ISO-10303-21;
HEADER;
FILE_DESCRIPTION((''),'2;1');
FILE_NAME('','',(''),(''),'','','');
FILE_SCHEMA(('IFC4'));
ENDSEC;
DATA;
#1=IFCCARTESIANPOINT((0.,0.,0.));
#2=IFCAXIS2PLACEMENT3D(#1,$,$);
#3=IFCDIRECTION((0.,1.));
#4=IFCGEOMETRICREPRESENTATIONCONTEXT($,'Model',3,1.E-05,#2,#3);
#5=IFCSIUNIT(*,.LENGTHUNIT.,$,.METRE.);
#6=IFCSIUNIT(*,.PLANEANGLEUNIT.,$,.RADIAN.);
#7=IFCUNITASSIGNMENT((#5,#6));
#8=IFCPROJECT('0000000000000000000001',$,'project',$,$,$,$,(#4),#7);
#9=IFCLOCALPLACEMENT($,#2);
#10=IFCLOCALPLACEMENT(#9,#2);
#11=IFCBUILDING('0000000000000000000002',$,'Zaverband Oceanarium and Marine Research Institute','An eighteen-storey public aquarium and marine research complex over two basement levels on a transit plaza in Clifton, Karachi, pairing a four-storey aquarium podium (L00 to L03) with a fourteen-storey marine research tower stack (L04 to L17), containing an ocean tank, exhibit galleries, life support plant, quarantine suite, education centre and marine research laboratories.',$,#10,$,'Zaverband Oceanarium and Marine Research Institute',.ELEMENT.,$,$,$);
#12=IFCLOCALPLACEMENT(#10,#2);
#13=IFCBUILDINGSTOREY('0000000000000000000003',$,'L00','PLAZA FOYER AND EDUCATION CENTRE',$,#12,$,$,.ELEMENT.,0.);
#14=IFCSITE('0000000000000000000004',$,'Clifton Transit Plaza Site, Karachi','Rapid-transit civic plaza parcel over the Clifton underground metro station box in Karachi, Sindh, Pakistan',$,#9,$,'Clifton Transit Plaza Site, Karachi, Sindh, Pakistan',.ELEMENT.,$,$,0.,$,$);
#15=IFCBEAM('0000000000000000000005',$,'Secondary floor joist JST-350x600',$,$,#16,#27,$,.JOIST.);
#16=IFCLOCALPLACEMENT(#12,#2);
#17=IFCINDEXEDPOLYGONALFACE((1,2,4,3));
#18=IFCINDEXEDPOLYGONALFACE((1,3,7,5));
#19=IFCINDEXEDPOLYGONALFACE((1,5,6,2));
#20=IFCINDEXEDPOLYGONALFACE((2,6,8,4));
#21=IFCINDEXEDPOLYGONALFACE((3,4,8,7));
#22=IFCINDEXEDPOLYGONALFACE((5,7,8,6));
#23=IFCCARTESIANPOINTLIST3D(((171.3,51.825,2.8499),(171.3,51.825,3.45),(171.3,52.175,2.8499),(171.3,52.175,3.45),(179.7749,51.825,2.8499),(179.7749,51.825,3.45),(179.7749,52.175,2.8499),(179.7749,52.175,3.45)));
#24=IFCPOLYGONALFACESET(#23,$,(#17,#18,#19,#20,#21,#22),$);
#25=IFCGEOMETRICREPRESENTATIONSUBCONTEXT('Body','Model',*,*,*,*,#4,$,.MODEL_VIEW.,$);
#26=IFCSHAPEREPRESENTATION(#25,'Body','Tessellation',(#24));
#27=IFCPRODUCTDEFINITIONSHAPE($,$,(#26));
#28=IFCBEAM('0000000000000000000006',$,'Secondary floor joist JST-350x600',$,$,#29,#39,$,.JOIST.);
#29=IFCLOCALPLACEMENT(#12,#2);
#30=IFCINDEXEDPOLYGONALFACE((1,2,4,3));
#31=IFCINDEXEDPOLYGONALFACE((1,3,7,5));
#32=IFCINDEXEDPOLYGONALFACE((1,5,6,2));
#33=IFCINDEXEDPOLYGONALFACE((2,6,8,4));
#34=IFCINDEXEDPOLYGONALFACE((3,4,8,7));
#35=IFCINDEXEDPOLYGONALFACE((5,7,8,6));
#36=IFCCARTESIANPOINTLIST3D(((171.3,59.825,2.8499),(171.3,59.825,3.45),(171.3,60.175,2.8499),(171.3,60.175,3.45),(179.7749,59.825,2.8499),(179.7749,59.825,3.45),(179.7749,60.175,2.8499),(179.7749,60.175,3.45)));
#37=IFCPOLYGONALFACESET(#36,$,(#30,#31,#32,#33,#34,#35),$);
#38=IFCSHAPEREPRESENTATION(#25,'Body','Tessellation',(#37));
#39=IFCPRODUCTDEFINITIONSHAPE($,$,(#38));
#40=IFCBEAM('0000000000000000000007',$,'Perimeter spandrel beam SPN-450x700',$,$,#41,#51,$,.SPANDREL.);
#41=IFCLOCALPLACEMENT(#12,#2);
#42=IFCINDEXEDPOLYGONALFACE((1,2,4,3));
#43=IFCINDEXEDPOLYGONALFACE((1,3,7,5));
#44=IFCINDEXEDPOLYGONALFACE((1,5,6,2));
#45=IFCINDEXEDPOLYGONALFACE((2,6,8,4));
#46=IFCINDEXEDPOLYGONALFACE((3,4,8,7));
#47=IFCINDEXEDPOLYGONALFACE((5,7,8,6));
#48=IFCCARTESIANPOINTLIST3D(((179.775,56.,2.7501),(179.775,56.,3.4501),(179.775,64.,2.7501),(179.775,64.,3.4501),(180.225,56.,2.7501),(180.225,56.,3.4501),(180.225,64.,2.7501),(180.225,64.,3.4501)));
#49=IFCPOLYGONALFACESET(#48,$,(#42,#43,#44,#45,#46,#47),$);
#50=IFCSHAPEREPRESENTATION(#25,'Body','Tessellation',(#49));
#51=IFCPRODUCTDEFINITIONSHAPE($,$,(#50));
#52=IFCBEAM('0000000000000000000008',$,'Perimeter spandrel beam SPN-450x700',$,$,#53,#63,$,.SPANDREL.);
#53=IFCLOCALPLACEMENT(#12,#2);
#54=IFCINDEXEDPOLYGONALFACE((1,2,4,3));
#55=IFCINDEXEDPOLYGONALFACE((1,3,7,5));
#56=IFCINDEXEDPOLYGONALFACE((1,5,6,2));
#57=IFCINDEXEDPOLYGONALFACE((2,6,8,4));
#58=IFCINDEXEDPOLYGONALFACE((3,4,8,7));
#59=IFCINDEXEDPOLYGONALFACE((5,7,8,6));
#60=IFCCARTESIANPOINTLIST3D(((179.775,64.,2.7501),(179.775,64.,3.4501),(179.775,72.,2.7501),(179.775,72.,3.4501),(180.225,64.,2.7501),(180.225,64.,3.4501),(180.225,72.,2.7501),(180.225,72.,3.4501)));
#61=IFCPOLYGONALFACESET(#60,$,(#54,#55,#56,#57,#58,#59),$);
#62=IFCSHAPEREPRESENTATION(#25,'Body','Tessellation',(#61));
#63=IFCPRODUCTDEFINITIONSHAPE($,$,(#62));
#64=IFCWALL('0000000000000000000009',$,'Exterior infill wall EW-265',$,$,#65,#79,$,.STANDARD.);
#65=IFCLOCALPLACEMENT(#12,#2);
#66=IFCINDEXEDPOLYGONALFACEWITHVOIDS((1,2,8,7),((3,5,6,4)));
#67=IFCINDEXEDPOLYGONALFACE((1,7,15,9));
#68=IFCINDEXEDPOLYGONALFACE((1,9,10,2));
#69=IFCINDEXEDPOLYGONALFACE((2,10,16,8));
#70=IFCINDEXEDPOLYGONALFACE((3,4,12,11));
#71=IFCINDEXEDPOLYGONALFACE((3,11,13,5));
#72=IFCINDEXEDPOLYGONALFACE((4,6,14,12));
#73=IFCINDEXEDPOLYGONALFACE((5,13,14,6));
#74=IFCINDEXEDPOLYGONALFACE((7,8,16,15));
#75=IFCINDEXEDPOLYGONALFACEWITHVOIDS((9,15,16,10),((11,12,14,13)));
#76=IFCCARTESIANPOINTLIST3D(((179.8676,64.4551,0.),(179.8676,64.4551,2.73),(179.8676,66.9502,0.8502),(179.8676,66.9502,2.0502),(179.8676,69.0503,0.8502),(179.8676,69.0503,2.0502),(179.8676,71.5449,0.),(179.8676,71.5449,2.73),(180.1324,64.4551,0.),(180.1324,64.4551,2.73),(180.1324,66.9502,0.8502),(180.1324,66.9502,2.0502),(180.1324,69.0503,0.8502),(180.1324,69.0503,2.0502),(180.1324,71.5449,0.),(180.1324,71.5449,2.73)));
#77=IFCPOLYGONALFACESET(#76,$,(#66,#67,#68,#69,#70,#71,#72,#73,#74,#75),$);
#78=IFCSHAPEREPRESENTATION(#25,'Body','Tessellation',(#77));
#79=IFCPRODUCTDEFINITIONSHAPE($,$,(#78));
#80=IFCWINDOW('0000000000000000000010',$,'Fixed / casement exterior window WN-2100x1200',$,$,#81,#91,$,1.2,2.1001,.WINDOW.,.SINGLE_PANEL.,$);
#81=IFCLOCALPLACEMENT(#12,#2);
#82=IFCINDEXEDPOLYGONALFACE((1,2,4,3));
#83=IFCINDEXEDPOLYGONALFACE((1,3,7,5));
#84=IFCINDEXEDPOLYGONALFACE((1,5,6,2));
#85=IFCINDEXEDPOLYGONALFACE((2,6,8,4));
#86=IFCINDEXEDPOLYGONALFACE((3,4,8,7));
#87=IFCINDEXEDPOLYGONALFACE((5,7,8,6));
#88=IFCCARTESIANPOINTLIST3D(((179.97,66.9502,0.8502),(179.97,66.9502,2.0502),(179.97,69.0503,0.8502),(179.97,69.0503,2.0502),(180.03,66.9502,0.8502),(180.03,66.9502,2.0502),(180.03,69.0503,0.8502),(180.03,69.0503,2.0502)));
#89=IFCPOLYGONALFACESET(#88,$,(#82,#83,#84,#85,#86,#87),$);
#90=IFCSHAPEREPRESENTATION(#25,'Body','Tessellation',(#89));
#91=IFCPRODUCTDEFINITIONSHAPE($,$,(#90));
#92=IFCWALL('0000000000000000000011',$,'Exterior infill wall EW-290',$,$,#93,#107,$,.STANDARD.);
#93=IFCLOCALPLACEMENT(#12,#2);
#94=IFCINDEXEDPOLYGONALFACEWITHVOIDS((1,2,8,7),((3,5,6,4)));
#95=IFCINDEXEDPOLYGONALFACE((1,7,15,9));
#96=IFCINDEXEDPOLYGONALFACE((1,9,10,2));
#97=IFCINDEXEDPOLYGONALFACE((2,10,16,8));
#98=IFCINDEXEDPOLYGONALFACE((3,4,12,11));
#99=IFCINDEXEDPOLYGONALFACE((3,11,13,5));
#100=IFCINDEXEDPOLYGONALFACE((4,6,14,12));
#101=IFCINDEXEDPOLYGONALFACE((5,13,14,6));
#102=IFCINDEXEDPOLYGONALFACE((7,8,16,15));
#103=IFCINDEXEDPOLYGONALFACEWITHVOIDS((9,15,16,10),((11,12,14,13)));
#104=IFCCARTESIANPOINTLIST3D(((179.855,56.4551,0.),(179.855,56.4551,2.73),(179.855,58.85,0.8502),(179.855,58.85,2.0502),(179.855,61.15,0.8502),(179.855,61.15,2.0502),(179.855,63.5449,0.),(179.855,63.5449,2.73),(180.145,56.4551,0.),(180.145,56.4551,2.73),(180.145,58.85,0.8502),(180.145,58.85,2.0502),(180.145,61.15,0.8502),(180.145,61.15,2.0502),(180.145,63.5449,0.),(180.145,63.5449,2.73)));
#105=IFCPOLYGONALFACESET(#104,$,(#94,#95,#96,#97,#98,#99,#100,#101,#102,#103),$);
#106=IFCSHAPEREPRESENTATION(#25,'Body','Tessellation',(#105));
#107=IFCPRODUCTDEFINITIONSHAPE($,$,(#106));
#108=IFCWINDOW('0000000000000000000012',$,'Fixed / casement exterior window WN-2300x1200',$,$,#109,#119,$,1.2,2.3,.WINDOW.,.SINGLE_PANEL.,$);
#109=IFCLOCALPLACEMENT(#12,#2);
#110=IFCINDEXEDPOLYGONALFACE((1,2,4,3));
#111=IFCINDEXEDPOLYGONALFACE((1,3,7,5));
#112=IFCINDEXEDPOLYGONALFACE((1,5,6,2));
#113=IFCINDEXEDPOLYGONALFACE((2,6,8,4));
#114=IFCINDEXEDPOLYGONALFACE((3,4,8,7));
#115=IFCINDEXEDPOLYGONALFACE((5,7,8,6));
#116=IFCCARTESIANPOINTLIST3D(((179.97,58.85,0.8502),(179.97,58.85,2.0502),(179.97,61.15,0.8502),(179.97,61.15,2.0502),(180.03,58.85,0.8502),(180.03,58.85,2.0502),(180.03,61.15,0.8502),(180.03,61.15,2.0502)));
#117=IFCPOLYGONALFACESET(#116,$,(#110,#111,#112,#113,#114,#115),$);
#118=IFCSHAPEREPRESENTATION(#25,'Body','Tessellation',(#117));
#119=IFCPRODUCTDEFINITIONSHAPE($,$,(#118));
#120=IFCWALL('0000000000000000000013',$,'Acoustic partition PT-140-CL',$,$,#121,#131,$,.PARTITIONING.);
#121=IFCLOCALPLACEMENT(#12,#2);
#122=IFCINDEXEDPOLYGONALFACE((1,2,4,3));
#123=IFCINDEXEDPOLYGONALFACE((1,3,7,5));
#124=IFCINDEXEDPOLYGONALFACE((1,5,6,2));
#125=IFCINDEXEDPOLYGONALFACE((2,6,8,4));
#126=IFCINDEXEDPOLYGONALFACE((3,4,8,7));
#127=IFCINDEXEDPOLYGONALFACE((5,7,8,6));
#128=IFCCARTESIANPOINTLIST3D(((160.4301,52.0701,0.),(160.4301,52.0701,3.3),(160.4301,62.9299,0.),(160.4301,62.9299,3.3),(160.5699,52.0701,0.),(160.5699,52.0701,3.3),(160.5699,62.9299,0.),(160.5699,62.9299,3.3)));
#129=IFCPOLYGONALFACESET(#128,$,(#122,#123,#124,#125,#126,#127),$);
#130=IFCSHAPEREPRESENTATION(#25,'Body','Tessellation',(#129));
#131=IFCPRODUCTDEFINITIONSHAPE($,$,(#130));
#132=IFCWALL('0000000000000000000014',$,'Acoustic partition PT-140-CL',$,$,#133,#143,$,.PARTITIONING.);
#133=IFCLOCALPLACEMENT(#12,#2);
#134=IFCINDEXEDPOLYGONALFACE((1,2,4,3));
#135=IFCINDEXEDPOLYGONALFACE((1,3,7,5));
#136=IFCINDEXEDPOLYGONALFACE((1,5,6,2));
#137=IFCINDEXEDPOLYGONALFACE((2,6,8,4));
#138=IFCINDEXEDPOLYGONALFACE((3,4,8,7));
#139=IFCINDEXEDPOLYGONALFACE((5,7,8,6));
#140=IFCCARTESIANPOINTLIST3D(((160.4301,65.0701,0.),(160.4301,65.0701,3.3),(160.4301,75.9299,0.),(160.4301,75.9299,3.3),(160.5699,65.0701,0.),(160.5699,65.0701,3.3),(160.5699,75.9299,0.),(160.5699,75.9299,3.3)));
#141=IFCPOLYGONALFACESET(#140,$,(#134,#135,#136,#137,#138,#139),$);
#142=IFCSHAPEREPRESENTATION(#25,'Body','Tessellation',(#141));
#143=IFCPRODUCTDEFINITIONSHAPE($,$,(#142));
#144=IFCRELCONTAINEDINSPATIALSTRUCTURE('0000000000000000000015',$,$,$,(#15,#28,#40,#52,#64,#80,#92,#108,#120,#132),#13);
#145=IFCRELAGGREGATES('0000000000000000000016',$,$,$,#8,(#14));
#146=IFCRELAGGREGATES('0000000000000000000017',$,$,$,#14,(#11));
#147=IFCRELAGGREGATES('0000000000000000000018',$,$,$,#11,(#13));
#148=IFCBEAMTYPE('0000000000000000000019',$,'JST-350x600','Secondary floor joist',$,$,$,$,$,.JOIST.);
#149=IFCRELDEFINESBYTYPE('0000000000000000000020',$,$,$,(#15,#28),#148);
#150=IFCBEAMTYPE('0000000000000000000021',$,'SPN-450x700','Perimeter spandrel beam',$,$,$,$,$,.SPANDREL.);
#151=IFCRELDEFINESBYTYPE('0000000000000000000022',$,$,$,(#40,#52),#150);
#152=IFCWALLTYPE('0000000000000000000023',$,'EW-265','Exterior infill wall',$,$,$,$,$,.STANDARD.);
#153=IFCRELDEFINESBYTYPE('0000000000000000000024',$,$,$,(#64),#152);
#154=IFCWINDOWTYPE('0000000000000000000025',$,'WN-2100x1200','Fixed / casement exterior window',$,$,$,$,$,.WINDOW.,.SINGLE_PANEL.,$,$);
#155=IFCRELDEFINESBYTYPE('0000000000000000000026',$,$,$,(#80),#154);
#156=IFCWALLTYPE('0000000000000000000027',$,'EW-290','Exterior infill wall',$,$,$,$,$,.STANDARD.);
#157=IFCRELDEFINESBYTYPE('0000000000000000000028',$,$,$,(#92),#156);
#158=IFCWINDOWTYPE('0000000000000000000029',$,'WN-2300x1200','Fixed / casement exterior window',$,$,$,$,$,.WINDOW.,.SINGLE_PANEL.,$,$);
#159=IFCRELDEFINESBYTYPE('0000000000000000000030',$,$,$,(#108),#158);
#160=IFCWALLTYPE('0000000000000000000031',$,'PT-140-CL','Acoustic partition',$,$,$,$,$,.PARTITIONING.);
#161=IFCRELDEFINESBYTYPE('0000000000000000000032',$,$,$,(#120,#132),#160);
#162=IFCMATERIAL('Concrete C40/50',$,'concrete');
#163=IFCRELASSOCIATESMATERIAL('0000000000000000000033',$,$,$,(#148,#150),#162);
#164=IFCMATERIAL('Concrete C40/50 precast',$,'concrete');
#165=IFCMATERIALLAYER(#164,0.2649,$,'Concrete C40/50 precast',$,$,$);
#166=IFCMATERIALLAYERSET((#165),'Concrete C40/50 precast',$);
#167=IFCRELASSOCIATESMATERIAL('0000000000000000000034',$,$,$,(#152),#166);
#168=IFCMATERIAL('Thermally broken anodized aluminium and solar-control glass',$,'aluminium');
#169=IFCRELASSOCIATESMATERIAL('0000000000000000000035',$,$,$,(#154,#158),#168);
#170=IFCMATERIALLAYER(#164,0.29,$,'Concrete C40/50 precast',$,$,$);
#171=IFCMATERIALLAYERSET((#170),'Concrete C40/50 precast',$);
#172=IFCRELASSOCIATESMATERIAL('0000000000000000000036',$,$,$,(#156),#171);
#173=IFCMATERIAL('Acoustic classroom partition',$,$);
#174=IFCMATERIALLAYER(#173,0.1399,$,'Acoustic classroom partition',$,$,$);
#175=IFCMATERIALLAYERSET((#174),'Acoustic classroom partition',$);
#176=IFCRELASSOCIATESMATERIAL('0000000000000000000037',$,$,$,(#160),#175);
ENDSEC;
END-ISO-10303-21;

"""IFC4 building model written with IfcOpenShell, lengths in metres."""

from ifc_helpers import new_model, si_unit, direction, frame, frame_2d, origin, origin_2d, place, context, subcontext, project, spatial, rectangle, extrude, material, layer, layer_set, material_profile, profile_set, type_object, element, fill, save


model = new_model("IFC4")

# Units and contexts
model_context = context("Model", 3, precision=1e-05, world=origin(), true_north=direction((0.0, 1.0)))
body_context = subcontext(model_context, "Body", "Model", "MODEL_VIEW")
ifc_project = project(units=[si_unit("LENGTHUNIT", "METRE"), si_unit("PLANEANGLEUNIT", "RADIAN")], contexts=[model_context])

# Site, building, storey
site_placement = place(None, origin())
site = spatial("IfcSite", under=ifc_project, at=site_placement, Name="Clifton Transit Plaza Site, Karachi", Description="Rapid-transit civic plaza parcel over the Clifton underground metro station box in Karachi, Sindh, Pakistan", LongName="Clifton Transit Plaza Site, Karachi, Sindh, Pakistan", CompositionType="ELEMENT", RefElevation=0.0)
building_placement = place(site_placement, origin())
building = spatial("IfcBuilding", under=site, at=building_placement, Name="Zaverband Oceanarium and Marine Research Institute", Description="An eighteen-storey public aquarium and marine research complex over two basement levels on a transit plaza in Clifton, Karachi, pairing a four-storey aquarium podium (L00 to L03) with a fourteen-storey marine research tower stack (L04 to L17), containing an ocean tank, exhibit galleries, life support plant, quarantine suite, education centre and marine research laboratories.", LongName="Zaverband Oceanarium and Marine Research Institute", CompositionType="ELEMENT")
storey_placement = place(building_placement, origin())
storey = spatial("IfcBuildingStorey", under=building, at=storey_placement, Name="L00", Description="PLAZA FOYER AND EDUCATION CENTRE", CompositionType="ELEMENT", Elevation=0.0)

# Beams
ifc_material_1 = material(Name="Concrete C40/50", Category="concrete")
ifc_material_profile_1 = material_profile(ifc_material_1, rectangle(XDim=0.3501, YDim=0.6001, at=origin_2d()), Name="RC350x600")
ifc_profile_set_1 = profile_set([ifc_material_profile_1], Name="Concrete C40/50")
beam_type_1 = type_object("IfcBeamType", Name="JST-350x600", Description="Secondary floor joist", PredefinedType="JOIST", material=ifc_profile_set_1)
for number, where, z_axis, x_axis, name in (
    (1, (171.3, 52.0, 3.1499), (1.0, 0.0, 0.0), (0.0, 1.0, 0.0), "Secondary floor joist JST-350x600"),
    (2, (171.3, 60.0, 3.1499), (1.0, 0.0, 0.0), (0.0, 1.0, 0.0), "Secondary floor joist JST-350x600"),
):
    element("IfcBeam", number, at=place(storey_placement, frame(where, z_axis=z_axis, x_axis=x_axis)), inside=storey, type_object=beam_type_1, Name=name, PredefinedType="JOIST", context=body_context, shape_type="SweptSolid", body=[
        extrude(rectangle(XDim=0.3501, YDim=0.6001, at=origin_2d()), origin(), (0.0, 0.0, 1.0), 8.4749),
    ])
ifc_material_profile_2 = material_profile(ifc_material_1, rectangle(XDim=0.45, YDim=0.7, at=origin_2d()), Name="RC450x700")
ifc_profile_set_2 = profile_set([ifc_material_profile_2], Name="Concrete C40/50")
beam_type_2 = type_object("IfcBeamType", Name="SPN-450x700", Description="Perimeter spandrel beam", PredefinedType="SPANDREL", material=ifc_profile_set_2)
for number, where, z_axis, x_axis, name in (
    (3, (180.0, 56.0, 3.1001), (0.0, 1.0, 0.0), (-1.0, 0.0, 0.0), "Perimeter spandrel beam SPN-450x700"),
    (4, (180.0, 64.0, 3.1001), (0.0, 1.0, 0.0), (-1.0, 0.0, 0.0), "Perimeter spandrel beam SPN-450x700"),
):
    element("IfcBeam", number, at=place(storey_placement, frame(where, z_axis=z_axis, x_axis=x_axis)), inside=storey, type_object=beam_type_2, Name=name, PredefinedType="SPANDREL", context=body_context, shape_type="SweptSolid", body=[
        extrude(rectangle(XDim=0.45, YDim=0.7, at=origin_2d()), origin(), (0.0, 0.0, 1.0), 8.0),
    ])

# Walls, openings, windows
ifc_material_2 = material(Name="Concrete C40/50 precast", Category="concrete")
ifc_layer_1 = layer(ifc_material_2, 0.2649, Name="Concrete C40/50 precast")
ifc_layer_set_1 = layer_set([ifc_layer_1], Name="Concrete C40/50 precast")
wall_type_1 = type_object("IfcWallType", Name="EW-265", Description="Exterior infill wall", PredefinedType="STANDARD", material=ifc_layer_set_1)
wall_1_placement = place(storey_placement, frame((180.0, 64.4551, 0.0), z_axis=(0.0, 0.0, 1.0), x_axis=(0.0, 1.0, 0.0)))
wall_1 = element("IfcWall", 5, at=wall_1_placement, inside=storey, type_object=wall_type_1, Name="Exterior infill wall EW-265", PredefinedType="STANDARD", context=body_context, shape_type="SweptSolid", body=[
    extrude(rectangle(XDim=7.0898, YDim=0.2649, at=frame_2d((3.5449, 0.0))), origin(), (0.0, 0.0, 1.0), 2.73),
])
opening_1_placement = place(wall_1_placement, frame((2.4951, 0.0, 0.8501)))
opening_1 = element("IfcOpeningElement", 6, at=opening_1_placement, cuts=wall_1, PredefinedType="OPENING", context=body_context, shape_type="SweptSolid", body=[
    extrude(rectangle(XDim=2.1001, YDim=1.2, at=frame_2d((1.05, 0.6001))), frame((0.0, 0.1445, 0.0), z_axis=(0.0, -1.0, 0.0), x_axis=(1.0, 0.0, 0.0)), (0.0, 0.0, 1.0), 0.2888),
])
ifc_material_3 = material(Name="Thermally broken anodized aluminium and solar-control glass", Category="aluminium")
window_type_1 = type_object("IfcWindowType", Name="WN-2100x1200", Description="Fixed / casement exterior window", PartitioningType="SINGLE_PANEL", PredefinedType="WINDOW", material=ifc_material_3)
window_1_placement = place(opening_1_placement, origin())
window_1 = element("IfcWindow", 7, at=window_1_placement, inside=storey, type_object=window_type_1, Name="Fixed / casement exterior window WN-2100x1200", OverallHeight=1.2, OverallWidth=2.1001, PartitioningType="SINGLE_PANEL", PredefinedType="WINDOW", context=body_context, shape_type="SweptSolid", body=[
    extrude(rectangle(XDim=2.1001, YDim=1.2, at=frame_2d((1.05, 0.6001))), frame((0.0, 0.03, 0.0), z_axis=(0.0, -1.0, 0.0), x_axis=(1.0, 0.0, 0.0)), (0.0, 0.0, 1.0), 0.0601),
])
fill(opening_1, window_1)
ifc_layer_2 = layer(ifc_material_2, 0.29, Name="Concrete C40/50 precast")
ifc_layer_set_2 = layer_set([ifc_layer_2], Name="Concrete C40/50 precast")
wall_type_2 = type_object("IfcWallType", Name="EW-290", Description="Exterior infill wall", PredefinedType="STANDARD", material=ifc_layer_set_2)
wall_2_placement = place(storey_placement, frame((180.0, 56.4551, 0.0), z_axis=(0.0, 0.0, 1.0), x_axis=(0.0, 1.0, 0.0)))
wall_2 = element("IfcWall", 8, at=wall_2_placement, inside=storey, type_object=wall_type_2, Name="Exterior infill wall EW-290", PredefinedType="STANDARD", context=body_context, shape_type="SweptSolid", body=[
    extrude(rectangle(XDim=7.0898, YDim=0.29, at=frame_2d((3.5449, 0.0))), origin(), (0.0, 0.0, 1.0), 2.73),
])
opening_2_placement = place(wall_2_placement, frame((2.395, 0.0, 0.8501)))
opening_2 = element("IfcOpeningElement", 9, at=opening_2_placement, cuts=wall_2, PredefinedType="OPENING", context=body_context, shape_type="SweptSolid", body=[
    extrude(rectangle(XDim=2.3, YDim=1.2, at=frame_2d((1.1499, 0.6001))), frame((0.0, 0.157, 0.0), z_axis=(0.0, -1.0, 0.0), x_axis=(1.0, 0.0, 0.0)), (0.0, 0.0, 1.0), 0.314),
])
window_type_2 = type_object("IfcWindowType", Name="WN-2300x1200", Description="Fixed / casement exterior window", PartitioningType="SINGLE_PANEL", PredefinedType="WINDOW", material=ifc_material_3)
window_2_placement = place(opening_2_placement, origin())
window_2 = element("IfcWindow", 10, at=window_2_placement, inside=storey, type_object=window_type_2, Name="Fixed / casement exterior window WN-2300x1200", OverallHeight=1.2, OverallWidth=2.3, PartitioningType="SINGLE_PANEL", PredefinedType="WINDOW", context=body_context, shape_type="SweptSolid", body=[
    extrude(rectangle(XDim=2.3, YDim=1.2, at=frame_2d((1.1499, 0.6001))), frame((0.0, 0.03, 0.0), z_axis=(0.0, -1.0, 0.0), x_axis=(1.0, 0.0, 0.0)), (0.0, 0.0, 1.0), 0.0601),
])
fill(opening_2, window_2)

# Walls
ifc_material_4 = material(Name="Acoustic classroom partition")
ifc_layer_3 = layer(ifc_material_4, 0.1399, Name="Acoustic classroom partition")
ifc_layer_set_3 = layer_set([ifc_layer_3], Name="Acoustic classroom partition")
wall_type_3 = type_object("IfcWallType", Name="PT-140-CL", Description="Acoustic partition", PredefinedType="PARTITIONING", material=ifc_layer_set_3)
for number, where, z_axis, x_axis, name in (
    (11, (160.5, 52.0701, 0.0), (0.0, 0.0, 1.0), (0.0, 1.0, 0.0), "Acoustic partition PT-140-CL"),
    (12, (160.5, 65.0701, 0.0), (0.0, 0.0, 1.0), (0.0, 1.0, 0.0), "Acoustic partition PT-140-CL"),
):
    element("IfcWall", number, at=place(storey_placement, frame(where, z_axis=z_axis, x_axis=x_axis)), inside=storey, type_object=wall_type_3, Name=name, PredefinedType="PARTITIONING", context=body_context, shape_type="SweptSolid", body=[
        extrude(rectangle(XDim=10.8599, YDim=0.1399, at=frame_2d((5.4299, 0.0))), origin(), (0.0, 0.0, 1.0), 3.3),
    ])

save(model, "model.ifc")
